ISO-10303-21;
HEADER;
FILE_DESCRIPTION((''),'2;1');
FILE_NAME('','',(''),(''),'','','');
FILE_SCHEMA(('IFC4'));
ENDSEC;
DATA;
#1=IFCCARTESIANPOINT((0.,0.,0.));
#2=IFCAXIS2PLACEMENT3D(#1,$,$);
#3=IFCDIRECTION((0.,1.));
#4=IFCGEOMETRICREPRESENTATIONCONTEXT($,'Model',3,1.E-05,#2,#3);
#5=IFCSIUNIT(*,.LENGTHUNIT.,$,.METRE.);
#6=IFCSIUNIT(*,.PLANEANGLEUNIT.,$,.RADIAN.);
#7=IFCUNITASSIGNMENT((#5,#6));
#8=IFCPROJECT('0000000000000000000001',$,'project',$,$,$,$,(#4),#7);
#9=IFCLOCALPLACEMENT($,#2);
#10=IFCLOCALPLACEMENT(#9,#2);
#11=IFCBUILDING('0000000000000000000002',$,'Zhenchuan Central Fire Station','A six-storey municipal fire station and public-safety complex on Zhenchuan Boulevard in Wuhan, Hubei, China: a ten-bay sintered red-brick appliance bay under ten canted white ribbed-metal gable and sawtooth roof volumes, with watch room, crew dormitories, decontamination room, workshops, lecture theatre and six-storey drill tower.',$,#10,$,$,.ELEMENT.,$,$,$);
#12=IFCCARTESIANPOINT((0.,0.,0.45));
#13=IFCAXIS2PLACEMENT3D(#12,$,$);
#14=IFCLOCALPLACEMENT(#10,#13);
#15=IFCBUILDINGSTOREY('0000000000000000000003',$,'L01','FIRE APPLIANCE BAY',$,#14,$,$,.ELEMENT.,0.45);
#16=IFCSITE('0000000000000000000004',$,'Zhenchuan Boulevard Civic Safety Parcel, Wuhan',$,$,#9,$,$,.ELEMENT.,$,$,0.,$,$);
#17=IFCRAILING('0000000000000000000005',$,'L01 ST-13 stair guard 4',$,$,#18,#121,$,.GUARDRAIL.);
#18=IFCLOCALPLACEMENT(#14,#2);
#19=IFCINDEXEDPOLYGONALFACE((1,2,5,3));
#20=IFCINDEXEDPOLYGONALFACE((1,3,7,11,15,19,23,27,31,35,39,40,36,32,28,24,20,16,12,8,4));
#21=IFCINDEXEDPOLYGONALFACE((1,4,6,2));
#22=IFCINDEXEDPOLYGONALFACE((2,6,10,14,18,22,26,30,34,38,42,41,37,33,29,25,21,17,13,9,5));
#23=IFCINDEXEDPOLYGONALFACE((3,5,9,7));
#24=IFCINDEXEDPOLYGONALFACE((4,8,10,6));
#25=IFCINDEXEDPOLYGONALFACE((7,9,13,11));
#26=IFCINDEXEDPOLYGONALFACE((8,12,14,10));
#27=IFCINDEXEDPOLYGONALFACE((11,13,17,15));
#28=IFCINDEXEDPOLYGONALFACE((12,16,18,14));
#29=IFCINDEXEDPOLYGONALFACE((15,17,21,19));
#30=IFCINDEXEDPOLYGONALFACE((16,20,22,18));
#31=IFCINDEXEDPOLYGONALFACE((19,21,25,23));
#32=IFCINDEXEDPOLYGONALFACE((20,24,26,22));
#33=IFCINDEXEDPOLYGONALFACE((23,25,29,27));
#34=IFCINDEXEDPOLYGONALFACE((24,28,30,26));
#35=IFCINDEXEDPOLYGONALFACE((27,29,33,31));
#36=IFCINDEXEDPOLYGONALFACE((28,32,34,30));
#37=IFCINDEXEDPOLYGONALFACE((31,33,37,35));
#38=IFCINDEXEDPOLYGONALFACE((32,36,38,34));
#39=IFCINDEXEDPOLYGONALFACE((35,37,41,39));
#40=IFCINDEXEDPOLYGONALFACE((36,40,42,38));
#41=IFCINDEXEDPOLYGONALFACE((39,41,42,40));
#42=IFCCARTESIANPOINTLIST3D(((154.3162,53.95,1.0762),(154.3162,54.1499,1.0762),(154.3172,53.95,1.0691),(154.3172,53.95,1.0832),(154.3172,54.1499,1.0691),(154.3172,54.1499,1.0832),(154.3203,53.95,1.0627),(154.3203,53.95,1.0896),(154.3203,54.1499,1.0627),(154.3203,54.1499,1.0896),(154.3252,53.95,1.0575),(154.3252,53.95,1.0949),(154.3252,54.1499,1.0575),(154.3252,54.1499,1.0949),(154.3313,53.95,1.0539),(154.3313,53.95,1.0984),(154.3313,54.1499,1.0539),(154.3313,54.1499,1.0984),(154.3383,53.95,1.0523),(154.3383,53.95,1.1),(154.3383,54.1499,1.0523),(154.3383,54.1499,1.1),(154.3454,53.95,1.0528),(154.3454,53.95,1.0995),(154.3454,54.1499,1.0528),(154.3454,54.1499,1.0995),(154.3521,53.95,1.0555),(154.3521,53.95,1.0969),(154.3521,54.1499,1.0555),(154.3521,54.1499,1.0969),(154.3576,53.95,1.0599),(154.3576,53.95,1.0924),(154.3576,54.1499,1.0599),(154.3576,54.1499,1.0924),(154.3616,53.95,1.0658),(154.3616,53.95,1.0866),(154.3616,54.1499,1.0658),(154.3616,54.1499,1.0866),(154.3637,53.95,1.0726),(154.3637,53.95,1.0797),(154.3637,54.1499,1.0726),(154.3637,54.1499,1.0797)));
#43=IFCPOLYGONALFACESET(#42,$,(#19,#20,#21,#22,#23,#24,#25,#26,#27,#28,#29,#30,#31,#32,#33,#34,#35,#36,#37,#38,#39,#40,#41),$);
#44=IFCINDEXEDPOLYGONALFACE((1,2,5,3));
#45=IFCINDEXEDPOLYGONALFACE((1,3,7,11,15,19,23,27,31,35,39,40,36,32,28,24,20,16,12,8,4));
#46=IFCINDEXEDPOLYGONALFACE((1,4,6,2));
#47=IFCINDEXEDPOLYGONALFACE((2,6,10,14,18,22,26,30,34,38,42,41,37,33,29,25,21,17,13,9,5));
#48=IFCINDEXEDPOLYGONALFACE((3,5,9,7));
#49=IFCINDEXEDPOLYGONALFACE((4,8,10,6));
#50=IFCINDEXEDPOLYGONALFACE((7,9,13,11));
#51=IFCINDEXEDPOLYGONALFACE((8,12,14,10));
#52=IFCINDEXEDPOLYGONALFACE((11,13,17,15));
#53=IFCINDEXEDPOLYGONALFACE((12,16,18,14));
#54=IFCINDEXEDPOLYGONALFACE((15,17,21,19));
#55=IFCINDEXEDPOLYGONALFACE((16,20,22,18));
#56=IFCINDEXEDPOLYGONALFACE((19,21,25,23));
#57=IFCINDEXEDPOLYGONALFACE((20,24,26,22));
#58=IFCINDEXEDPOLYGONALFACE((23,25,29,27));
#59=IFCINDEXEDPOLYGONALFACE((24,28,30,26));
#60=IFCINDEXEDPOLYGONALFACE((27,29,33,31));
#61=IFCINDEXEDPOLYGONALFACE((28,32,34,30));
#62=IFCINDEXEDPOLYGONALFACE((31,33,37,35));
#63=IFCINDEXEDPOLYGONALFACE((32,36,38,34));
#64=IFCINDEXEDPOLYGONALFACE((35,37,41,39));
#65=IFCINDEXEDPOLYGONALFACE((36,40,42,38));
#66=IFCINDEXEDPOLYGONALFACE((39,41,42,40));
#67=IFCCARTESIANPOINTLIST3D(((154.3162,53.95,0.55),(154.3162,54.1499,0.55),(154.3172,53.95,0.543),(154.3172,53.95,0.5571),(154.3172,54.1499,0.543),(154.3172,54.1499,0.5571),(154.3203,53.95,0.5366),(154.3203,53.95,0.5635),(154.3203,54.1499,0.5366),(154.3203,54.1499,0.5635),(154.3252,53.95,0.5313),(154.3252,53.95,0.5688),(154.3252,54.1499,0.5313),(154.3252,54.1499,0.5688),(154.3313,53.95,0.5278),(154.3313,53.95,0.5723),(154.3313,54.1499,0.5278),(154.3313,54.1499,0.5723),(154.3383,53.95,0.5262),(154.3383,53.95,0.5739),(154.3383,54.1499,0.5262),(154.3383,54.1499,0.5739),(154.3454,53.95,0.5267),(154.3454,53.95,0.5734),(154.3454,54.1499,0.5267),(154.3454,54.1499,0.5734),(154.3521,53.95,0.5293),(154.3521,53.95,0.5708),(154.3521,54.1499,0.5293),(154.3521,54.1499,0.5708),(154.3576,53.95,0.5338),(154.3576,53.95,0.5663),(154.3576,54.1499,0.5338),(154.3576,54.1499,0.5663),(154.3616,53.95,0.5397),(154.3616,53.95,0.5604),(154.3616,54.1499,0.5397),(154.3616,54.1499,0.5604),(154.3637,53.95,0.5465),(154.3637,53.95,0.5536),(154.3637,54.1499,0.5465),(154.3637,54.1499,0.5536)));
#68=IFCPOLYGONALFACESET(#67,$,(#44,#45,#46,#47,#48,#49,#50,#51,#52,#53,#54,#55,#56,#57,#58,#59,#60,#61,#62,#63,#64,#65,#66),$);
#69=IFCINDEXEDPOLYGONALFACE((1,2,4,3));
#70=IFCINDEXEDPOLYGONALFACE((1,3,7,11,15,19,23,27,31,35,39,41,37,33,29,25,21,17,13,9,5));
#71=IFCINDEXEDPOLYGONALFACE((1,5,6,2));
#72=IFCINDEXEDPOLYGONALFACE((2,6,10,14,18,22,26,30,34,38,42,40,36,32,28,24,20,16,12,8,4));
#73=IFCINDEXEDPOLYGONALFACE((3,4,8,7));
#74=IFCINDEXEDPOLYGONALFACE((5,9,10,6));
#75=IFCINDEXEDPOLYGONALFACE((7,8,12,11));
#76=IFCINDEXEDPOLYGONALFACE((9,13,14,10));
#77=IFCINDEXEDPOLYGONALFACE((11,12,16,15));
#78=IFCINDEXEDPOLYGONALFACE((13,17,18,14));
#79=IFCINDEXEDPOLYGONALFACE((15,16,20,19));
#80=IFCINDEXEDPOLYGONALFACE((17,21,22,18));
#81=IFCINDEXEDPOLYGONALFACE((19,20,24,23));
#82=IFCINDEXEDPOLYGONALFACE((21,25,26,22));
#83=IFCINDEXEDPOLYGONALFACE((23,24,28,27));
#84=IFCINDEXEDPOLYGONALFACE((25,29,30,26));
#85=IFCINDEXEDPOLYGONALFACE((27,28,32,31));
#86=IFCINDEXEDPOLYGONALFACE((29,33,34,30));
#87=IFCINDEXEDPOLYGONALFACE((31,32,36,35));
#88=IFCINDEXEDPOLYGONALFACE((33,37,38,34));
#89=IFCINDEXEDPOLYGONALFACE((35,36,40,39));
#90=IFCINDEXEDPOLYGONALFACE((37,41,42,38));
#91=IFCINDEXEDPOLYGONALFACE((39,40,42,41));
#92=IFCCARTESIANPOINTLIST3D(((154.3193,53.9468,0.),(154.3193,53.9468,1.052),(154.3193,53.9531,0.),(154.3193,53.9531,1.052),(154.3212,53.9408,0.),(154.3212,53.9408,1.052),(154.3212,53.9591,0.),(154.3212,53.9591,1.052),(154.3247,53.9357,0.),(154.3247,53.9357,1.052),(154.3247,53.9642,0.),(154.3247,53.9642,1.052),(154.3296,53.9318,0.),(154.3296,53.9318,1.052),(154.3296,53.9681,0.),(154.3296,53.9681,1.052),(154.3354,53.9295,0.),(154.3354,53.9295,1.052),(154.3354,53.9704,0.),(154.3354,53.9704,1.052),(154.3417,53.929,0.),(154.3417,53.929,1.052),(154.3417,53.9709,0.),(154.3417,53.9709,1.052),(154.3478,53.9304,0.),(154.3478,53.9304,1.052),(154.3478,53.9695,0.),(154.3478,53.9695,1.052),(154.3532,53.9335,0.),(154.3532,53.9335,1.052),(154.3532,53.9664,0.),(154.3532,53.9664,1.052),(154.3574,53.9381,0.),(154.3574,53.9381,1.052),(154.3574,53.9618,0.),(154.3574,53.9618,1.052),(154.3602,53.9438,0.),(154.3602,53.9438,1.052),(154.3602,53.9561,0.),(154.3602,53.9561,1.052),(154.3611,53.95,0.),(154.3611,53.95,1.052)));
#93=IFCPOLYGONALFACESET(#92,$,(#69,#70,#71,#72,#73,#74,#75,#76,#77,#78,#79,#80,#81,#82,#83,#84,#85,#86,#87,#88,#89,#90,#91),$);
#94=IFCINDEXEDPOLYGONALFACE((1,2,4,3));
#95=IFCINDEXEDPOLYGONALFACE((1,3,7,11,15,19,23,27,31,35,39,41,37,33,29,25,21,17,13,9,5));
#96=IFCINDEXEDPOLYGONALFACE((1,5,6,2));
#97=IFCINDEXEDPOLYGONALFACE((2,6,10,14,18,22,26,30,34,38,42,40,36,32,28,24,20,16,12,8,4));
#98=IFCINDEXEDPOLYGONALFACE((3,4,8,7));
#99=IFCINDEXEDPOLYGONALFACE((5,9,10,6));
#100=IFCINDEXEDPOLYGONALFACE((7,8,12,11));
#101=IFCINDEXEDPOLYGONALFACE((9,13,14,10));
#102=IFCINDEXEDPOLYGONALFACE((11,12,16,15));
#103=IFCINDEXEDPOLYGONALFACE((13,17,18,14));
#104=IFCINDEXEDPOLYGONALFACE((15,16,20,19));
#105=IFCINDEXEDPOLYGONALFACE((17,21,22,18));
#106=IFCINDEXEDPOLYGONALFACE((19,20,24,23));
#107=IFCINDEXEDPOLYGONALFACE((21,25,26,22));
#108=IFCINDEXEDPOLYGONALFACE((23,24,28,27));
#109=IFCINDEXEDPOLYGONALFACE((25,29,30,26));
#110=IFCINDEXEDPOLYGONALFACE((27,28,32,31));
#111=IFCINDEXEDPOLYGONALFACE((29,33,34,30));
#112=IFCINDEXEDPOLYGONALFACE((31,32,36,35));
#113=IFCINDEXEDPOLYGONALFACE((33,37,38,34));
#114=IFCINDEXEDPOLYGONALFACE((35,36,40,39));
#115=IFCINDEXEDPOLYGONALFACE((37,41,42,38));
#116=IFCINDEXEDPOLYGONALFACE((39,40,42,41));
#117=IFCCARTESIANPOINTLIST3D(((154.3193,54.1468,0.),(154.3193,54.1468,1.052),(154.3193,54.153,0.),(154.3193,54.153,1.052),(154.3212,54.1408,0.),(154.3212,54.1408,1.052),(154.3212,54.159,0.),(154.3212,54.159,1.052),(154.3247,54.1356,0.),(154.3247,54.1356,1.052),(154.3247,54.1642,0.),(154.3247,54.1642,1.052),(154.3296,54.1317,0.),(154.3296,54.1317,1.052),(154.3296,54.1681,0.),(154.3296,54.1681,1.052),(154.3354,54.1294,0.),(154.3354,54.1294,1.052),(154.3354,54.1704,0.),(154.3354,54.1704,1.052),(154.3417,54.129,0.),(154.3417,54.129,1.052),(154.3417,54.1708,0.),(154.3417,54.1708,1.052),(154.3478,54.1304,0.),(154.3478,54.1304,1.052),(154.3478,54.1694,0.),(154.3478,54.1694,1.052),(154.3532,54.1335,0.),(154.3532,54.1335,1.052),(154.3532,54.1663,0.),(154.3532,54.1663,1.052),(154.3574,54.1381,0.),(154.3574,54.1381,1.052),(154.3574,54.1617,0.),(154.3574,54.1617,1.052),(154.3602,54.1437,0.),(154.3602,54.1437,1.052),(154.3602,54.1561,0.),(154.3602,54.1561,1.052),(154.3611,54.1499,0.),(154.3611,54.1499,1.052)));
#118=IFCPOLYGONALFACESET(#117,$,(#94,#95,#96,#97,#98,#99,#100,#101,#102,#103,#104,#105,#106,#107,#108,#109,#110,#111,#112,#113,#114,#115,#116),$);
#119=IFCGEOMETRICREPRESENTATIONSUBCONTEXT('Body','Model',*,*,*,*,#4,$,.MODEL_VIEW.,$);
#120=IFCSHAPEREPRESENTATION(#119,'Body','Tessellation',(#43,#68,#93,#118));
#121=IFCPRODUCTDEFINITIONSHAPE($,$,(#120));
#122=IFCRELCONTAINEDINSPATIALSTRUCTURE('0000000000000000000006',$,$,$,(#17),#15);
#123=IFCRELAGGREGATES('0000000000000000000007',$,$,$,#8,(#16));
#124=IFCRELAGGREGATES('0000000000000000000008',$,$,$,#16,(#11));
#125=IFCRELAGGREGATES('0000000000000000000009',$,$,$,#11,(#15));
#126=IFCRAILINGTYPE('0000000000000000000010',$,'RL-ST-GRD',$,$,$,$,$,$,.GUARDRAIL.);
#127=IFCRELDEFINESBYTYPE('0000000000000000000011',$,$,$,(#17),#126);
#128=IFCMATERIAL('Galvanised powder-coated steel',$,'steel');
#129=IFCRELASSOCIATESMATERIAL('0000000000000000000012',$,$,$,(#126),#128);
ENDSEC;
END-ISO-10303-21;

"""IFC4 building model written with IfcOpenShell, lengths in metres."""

from ifc_helpers import new_model, si_unit, direction, frame, origin, origin_2d, place, context, subcontext, project, spatial, circle, extrude, material, type_object, element, save


model = new_model("IFC4")

# Units and contexts
model_context = context("Model", 3, precision=1e-05, world=origin(), true_north=direction((0.0, 1.0)))
body_context = subcontext(model_context, "Body", "Model", "MODEL_VIEW")
ifc_project = project(units=[si_unit("LENGTHUNIT", "METRE"), si_unit("PLANEANGLEUNIT", "RADIAN")], contexts=[model_context])

# Site, building, storey
site_placement = place(None, origin())
site = spatial("IfcSite", under=ifc_project, at=site_placement, Name="Zhenchuan Boulevard Civic Safety Parcel, Wuhan", CompositionType="ELEMENT", RefElevation=0.0)
building_placement = place(site_placement, origin())
building = spatial("IfcBuilding", under=site, at=building_placement, Name="Zhenchuan Central Fire Station", Description="A six-storey municipal fire station and public-safety complex on Zhenchuan Boulevard in Wuhan, Hubei, China: a ten-bay sintered red-brick appliance bay under ten canted white ribbed-metal gable and sawtooth roof volumes, with watch room, crew dormitories, decontamination room, workshops, lecture theatre and six-storey drill tower.", CompositionType="ELEMENT")
storey_placement = place(building_placement, frame((0.0, 0.0, 0.45)))
storey = spatial("IfcBuildingStorey", under=building, at=storey_placement, Name="L01", Description="FIRE APPLIANCE BAY", CompositionType="ELEMENT", Elevation=0.45)

# Railing
ifc_material_1 = material(Name="Galvanised powder-coated steel", Category="steel")
railing_type_1 = type_object("IfcRailingType", Name="RL-ST-GRD", PredefinedType="GUARDRAIL", material=ifc_material_1)
railing_1_placement = place(storey_placement, frame((154.3401, 53.95, 0.0)))
element("IfcRailing", 1, at=railing_1_placement, inside=storey, type_object=railing_type_1, Name="L01 ST-13 stair guard 4", PredefinedType="GUARDRAIL", context=body_context, shape_type="SweptSolid", body=[
    extrude(circle(Radius=0.0239, at=origin_2d()), frame((0.0, 0.0, 1.0762), z_axis=(0.0, 1.0, 0.0), x_axis=(-1.0, 0.0, 0.0)), (0.0, 0.0, 1.0), 0.2),
    extrude(circle(Radius=0.0239, at=origin_2d()), frame((0.0, 0.0, 0.55), z_axis=(0.0, 1.0, 0.0), x_axis=(-1.0, 0.0, 0.0)), (0.0, 0.0, 1.0), 0.2),
    extrude(circle(Radius=0.021, at=origin_2d()), origin(), (0.0, 0.0, 1.0), 1.052),
    extrude(circle(Radius=0.021, at=origin_2d()), frame((0.0, 0.2, 0.0)), (0.0, 0.0, 1.0), 1.052),
])

save(model, "model.ifc")
